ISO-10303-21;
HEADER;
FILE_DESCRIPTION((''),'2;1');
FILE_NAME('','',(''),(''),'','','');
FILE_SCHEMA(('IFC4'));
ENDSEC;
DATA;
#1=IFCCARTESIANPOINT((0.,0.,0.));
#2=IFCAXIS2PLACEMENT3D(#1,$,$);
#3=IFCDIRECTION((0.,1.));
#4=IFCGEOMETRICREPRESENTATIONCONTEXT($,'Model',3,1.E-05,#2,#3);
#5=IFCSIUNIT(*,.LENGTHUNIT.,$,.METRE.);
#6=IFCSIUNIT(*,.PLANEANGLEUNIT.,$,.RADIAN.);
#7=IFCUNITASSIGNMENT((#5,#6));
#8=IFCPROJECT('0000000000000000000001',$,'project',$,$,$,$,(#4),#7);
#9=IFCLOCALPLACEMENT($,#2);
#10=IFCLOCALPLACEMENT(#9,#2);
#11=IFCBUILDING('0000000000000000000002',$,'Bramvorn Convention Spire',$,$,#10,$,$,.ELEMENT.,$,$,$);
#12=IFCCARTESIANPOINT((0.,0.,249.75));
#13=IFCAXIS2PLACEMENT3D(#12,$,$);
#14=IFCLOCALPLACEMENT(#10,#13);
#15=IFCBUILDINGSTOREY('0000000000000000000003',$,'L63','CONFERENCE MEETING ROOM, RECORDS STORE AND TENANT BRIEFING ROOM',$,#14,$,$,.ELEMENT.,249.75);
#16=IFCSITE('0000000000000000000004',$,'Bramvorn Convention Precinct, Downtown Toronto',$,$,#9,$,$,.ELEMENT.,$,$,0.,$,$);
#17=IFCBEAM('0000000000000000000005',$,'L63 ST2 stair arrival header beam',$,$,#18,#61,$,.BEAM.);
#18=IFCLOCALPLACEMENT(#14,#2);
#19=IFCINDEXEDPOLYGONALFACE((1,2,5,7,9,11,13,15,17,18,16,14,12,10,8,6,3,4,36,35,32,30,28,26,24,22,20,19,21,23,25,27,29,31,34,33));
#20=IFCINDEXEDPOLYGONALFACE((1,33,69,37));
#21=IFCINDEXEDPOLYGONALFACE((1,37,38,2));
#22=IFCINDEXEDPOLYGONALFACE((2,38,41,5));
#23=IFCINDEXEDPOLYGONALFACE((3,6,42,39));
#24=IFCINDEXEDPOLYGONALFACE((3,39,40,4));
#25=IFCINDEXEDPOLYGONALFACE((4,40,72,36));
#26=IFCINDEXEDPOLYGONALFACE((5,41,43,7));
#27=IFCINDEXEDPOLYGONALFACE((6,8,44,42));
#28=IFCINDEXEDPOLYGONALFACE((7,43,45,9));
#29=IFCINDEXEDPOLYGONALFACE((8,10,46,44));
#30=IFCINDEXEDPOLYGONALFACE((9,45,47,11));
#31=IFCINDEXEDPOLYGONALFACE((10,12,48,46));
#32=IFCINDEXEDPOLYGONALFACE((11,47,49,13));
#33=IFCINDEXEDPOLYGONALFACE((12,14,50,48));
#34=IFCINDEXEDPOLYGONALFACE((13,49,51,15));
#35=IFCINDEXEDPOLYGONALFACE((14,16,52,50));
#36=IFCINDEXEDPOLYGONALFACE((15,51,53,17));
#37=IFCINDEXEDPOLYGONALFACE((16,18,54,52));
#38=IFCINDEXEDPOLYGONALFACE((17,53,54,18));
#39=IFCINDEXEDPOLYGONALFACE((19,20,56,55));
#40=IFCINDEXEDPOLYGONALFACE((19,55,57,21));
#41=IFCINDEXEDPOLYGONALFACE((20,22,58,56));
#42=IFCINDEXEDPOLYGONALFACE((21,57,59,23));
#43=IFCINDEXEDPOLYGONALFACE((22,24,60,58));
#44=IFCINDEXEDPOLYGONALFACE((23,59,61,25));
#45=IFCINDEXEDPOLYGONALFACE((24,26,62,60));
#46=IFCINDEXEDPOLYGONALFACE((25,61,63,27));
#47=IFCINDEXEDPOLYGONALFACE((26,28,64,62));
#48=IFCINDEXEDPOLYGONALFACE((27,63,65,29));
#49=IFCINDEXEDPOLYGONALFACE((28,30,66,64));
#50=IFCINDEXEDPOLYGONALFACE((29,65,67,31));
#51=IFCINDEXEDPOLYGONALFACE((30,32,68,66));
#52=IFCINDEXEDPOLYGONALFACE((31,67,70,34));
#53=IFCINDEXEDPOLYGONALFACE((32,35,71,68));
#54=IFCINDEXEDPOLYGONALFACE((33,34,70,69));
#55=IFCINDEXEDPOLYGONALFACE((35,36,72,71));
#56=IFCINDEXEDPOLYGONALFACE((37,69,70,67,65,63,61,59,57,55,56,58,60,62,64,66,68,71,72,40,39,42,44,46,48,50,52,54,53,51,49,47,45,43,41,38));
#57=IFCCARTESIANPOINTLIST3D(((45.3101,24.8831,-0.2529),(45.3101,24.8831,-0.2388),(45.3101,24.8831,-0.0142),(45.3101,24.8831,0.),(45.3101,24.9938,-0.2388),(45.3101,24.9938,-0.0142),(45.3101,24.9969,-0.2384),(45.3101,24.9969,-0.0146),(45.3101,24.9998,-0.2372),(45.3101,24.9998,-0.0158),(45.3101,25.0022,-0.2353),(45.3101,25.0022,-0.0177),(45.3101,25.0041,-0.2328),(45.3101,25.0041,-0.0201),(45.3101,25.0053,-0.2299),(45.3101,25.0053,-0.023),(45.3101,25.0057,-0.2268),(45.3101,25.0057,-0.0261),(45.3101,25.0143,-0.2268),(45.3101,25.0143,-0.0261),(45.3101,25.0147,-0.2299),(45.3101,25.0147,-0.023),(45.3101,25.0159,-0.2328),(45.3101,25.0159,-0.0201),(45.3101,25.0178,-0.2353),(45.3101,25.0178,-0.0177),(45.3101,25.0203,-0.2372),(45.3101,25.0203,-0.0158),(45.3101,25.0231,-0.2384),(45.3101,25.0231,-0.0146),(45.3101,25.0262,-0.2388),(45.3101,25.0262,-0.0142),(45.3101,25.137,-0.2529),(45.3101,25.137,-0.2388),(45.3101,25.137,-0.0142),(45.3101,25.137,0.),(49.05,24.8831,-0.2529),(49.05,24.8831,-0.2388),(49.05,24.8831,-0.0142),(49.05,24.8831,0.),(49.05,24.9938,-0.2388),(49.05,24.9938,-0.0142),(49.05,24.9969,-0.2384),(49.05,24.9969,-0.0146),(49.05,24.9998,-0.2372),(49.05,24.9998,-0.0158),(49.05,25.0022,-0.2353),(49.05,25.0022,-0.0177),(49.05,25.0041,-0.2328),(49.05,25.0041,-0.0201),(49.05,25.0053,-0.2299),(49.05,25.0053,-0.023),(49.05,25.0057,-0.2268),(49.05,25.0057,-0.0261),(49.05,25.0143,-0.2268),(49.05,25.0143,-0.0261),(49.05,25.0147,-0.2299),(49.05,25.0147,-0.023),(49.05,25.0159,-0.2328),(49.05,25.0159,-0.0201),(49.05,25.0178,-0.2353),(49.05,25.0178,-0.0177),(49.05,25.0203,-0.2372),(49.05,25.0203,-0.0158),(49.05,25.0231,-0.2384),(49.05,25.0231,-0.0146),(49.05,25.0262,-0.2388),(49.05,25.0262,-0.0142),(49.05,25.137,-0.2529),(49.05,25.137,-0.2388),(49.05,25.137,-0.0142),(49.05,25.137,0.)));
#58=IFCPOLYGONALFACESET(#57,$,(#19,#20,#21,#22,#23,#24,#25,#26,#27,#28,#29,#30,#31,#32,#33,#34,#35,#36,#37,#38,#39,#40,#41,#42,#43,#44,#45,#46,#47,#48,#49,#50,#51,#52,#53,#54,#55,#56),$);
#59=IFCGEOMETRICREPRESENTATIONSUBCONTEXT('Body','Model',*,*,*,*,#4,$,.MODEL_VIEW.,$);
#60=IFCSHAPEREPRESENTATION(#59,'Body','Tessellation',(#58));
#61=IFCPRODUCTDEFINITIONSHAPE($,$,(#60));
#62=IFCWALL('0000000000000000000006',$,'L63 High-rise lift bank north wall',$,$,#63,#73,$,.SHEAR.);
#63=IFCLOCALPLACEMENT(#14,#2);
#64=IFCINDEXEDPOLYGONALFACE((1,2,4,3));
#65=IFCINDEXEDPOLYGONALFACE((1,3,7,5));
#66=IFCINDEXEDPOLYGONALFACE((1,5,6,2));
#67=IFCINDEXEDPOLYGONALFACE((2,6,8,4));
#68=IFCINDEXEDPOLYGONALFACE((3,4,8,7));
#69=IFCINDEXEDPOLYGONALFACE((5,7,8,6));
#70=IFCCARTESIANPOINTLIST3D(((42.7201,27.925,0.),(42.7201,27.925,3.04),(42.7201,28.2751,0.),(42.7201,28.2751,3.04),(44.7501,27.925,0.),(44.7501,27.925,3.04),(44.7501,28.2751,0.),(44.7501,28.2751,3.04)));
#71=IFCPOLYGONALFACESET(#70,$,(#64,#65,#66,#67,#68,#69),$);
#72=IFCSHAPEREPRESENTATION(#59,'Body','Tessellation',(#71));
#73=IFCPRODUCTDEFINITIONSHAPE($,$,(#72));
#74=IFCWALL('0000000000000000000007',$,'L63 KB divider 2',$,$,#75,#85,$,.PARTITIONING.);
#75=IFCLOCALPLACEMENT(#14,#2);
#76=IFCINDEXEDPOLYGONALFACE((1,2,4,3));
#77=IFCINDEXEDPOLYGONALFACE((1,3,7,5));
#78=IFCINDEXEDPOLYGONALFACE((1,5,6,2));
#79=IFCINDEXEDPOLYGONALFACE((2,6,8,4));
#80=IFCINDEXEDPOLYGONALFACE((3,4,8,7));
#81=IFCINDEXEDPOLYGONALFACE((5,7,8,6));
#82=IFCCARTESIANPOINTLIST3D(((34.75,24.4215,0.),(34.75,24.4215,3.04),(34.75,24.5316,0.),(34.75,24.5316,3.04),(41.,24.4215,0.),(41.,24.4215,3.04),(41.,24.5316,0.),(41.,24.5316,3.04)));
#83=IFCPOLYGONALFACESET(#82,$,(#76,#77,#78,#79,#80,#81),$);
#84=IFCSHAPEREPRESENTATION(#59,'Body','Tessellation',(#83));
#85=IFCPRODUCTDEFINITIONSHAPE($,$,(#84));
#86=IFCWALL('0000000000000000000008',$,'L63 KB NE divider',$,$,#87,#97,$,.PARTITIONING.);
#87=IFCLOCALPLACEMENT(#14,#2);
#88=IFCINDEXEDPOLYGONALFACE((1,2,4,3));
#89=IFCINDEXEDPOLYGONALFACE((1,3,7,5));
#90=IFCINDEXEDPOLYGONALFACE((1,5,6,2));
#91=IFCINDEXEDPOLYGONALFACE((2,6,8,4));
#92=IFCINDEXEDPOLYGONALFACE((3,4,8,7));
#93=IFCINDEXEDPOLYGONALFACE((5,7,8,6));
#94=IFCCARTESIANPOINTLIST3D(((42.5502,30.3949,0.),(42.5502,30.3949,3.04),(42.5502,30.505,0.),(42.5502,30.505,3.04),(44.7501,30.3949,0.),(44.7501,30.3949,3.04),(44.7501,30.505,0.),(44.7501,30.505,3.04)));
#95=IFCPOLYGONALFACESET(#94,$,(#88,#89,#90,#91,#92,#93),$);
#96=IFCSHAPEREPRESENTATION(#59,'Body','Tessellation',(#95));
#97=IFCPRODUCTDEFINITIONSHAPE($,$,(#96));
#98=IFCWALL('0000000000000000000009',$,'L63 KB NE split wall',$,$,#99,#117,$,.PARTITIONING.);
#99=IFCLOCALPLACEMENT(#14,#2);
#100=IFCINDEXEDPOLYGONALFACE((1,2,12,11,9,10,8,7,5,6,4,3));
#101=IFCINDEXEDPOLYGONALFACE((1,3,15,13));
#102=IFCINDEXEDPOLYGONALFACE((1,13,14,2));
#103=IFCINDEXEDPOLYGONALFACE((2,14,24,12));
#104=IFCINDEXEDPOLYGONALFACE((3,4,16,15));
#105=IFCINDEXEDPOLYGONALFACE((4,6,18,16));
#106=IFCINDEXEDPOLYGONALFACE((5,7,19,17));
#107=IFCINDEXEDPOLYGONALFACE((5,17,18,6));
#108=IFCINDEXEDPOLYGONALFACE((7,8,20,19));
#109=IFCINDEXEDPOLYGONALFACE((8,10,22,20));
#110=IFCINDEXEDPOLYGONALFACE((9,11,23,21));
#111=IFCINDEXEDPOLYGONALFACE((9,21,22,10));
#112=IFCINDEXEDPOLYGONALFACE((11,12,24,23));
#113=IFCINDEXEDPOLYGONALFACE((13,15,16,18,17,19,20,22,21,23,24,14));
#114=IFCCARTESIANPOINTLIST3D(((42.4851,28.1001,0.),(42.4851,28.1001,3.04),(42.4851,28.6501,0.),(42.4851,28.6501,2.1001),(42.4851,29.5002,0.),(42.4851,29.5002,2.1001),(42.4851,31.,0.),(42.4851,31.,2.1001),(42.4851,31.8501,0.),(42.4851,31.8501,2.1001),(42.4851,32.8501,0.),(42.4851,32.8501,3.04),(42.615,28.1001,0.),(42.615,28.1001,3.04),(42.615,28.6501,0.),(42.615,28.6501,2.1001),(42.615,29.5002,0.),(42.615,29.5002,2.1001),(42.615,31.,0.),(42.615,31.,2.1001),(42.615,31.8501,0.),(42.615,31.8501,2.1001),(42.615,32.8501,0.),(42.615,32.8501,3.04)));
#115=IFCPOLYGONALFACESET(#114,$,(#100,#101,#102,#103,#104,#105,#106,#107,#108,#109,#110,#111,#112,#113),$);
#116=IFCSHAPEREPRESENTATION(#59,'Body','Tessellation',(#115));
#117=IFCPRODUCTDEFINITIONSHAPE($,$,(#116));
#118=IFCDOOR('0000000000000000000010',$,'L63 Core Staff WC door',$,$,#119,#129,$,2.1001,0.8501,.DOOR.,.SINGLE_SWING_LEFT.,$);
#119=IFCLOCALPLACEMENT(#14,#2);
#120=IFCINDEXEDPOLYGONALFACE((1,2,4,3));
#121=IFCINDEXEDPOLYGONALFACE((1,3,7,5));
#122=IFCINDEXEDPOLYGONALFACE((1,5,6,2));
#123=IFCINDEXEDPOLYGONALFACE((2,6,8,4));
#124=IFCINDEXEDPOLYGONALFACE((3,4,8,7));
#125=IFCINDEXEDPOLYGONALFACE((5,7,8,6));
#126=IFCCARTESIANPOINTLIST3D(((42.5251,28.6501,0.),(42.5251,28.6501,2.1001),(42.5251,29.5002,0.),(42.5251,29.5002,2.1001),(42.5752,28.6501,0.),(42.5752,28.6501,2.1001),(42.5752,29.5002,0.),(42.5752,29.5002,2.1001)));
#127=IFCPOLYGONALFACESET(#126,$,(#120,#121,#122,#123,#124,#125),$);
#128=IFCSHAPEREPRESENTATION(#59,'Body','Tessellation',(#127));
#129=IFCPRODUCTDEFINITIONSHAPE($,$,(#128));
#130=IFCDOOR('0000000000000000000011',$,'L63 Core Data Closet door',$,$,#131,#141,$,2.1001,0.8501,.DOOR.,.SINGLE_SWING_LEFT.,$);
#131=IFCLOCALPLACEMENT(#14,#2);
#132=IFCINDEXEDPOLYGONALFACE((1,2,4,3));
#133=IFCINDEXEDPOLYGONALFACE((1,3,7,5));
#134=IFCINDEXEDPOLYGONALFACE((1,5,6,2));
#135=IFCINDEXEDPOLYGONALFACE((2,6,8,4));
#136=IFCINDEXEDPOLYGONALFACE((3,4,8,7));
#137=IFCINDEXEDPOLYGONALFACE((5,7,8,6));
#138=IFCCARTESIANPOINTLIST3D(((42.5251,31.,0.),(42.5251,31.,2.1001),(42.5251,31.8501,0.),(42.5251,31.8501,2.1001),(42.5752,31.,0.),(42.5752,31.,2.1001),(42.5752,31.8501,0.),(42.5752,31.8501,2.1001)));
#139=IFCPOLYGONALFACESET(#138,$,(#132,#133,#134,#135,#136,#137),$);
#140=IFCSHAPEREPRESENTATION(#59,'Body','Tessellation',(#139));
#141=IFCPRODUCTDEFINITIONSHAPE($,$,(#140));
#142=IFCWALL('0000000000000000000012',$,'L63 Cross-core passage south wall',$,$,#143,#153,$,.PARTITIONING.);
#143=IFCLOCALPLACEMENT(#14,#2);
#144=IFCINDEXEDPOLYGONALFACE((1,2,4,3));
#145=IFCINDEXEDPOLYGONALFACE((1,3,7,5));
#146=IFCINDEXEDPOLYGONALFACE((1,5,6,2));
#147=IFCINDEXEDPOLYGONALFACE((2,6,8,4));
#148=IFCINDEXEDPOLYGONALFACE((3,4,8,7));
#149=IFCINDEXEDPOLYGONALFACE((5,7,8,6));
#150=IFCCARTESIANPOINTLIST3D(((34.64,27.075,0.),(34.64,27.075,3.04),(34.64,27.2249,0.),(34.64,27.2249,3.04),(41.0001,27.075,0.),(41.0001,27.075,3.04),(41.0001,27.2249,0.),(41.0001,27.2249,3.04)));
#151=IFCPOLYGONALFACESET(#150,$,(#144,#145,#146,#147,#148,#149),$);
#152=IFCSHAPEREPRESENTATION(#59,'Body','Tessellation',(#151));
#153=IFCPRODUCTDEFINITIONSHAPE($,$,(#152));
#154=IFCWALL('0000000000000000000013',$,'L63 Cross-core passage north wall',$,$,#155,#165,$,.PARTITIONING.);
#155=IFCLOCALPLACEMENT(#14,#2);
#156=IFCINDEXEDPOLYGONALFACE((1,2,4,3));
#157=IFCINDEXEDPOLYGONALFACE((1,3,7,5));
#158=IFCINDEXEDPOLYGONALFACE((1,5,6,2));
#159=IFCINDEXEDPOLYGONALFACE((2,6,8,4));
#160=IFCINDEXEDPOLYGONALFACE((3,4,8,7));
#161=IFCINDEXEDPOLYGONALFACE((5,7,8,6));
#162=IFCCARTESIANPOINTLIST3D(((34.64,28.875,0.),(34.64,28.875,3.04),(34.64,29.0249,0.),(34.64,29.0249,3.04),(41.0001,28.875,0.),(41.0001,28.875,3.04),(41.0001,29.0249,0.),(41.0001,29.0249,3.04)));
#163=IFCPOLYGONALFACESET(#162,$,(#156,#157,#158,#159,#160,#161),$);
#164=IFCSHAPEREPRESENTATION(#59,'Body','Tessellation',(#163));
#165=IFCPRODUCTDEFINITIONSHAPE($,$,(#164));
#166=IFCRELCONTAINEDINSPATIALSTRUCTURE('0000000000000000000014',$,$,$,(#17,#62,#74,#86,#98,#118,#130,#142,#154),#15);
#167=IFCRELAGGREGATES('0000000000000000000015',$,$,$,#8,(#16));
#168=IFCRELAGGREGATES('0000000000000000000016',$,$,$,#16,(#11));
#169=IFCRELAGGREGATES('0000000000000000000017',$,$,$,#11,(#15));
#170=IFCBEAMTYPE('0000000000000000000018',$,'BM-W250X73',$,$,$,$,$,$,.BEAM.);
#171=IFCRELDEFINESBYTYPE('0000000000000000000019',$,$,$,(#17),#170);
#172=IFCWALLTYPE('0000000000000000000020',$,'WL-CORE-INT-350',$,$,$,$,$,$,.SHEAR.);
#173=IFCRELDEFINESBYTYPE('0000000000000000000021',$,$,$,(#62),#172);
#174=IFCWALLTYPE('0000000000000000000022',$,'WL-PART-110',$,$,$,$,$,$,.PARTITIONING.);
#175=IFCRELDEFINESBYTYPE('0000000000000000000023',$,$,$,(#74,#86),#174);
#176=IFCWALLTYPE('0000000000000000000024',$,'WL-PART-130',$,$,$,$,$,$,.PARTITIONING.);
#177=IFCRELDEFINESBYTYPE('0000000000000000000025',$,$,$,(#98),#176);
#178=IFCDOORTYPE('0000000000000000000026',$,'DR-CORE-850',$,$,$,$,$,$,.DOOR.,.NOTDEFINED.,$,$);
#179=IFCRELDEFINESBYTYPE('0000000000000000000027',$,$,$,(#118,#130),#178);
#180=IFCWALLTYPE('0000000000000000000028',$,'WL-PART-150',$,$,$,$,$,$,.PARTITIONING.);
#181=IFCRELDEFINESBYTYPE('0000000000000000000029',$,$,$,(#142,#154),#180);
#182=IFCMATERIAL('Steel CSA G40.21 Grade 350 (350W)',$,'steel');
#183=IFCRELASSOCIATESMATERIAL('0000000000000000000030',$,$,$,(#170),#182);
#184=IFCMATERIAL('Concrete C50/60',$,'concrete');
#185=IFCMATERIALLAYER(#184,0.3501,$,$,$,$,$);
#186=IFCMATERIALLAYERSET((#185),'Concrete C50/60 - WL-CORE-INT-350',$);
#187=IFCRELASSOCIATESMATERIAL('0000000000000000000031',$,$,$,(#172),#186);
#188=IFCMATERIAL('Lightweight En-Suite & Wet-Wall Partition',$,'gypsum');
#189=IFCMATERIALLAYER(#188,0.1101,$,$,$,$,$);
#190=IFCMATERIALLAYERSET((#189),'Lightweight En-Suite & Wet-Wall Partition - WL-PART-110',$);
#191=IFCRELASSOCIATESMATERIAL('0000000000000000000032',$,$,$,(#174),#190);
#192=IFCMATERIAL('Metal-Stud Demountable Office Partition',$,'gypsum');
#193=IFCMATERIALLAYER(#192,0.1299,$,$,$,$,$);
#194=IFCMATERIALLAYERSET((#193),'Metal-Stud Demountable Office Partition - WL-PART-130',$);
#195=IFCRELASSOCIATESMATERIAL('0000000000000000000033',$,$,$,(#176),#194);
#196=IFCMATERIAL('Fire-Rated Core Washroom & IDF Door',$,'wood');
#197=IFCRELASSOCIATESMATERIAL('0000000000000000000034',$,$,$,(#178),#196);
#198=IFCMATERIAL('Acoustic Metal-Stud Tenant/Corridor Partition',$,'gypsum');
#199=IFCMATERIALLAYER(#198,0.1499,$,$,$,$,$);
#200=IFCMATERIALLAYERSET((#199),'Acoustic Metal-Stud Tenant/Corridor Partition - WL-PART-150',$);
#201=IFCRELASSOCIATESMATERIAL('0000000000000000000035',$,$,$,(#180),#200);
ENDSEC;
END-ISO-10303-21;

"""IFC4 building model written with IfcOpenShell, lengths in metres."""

from ifc_helpers import new_model, si_unit, direction, frame, frame_2d, origin, origin_2d, place, context, subcontext, project, spatial, rectangle, i_section, extrude, material, layer, layer_set, material_profile, profile_set, type_object, element, fill, save


model = new_model("IFC4")

# Units and contexts
model_context = context("Model", 3, precision=1e-05, world=origin(), true_north=direction((0.0, 1.0)))
body_context = subcontext(model_context, "Body", "Model", "MODEL_VIEW")
ifc_project = project(units=[si_unit("LENGTHUNIT", "METRE"), si_unit("PLANEANGLEUNIT", "RADIAN")], contexts=[model_context])

# Site, building, storey
site_placement = place(None, origin())
site = spatial("IfcSite", under=ifc_project, at=site_placement, Name="Bramvorn Convention Precinct, Downtown Toronto", CompositionType="ELEMENT", RefElevation=0.0)
building_placement = place(site_placement, origin())
building = spatial("IfcBuilding", under=site, at=building_placement, Name="Bramvorn Convention Spire", CompositionType="ELEMENT")
storey_placement = place(building_placement, frame((0.0, 0.0, 249.75)))
storey = spatial("IfcBuildingStorey", under=building, at=storey_placement, Name="L63", Description="CONFERENCE MEETING ROOM, RECORDS STORE AND TENANT BRIEFING ROOM", CompositionType="ELEMENT", Elevation=249.75)

# Beam
ifc_material_1 = material(Name="Steel CSA G40.21 Grade 350 (350W)", Category="steel")
ifc_material_profile = material_profile(ifc_material_1, i_section(OverallWidth=0.2539, OverallDepth=0.2529, WebThickness=0.0085, FlangeThickness=0.0142, FilletRadius=0.012, at=origin_2d()))
ifc_profile_set = profile_set([ifc_material_profile], Name="Steel CSA G40.21 Grade 350 (350W) - W250X73")
beam_type = type_object("IfcBeamType", Name="BM-W250X73", PredefinedType="BEAM", material=ifc_profile_set)
beam_placement = place(storey_placement, frame((45.3101, 25.01, -0.1265), z_axis=(1.0, 0.0, 0.0), x_axis=(0.0, 1.0, 0.0)))
element("IfcBeam", 1, at=beam_placement, inside=storey, type_object=beam_type, Name="L63 ST2 stair arrival header beam", PredefinedType="BEAM", context=body_context, shape_type="SweptSolid", body=[
    extrude(i_section(OverallWidth=0.2539, OverallDepth=0.2529, WebThickness=0.0085, FlangeThickness=0.0142, FilletRadius=0.012, at=origin_2d()), origin(), (0.0, 0.0, 1.0), 3.74),
])

# Shared definitions
ifc_material_2 = material(Name="Concrete C50/60", Category="concrete")
ifc_layer_1 = layer(ifc_material_2, 0.3501)
ifc_layer_set_1 = layer_set([ifc_layer_1], Name="Concrete C50/60 - WL-CORE-INT-350")
wall_type_1 = type_object("IfcWallType", Name="WL-CORE-INT-350", PredefinedType="SHEAR", material=ifc_layer_set_1)

# Walls
wall_1_placement = place(storey_placement, frame((42.72, 28.1001, 0.0), z_axis=(0.0, 0.0, 1.0), x_axis=(1.0, 0.0, 0.0)))
element("IfcWall", 2, at=wall_1_placement, inside=storey, type_object=wall_type_1, Name="L63 High-rise lift bank north wall", PredefinedType="SHEAR", context=body_context, shape_type="SweptSolid", body=[
    extrude(rectangle(XDim=2.03, YDim=0.3501, at=frame_2d((1.0151, 0.0))), origin(), (0.0, 0.0, 1.0), 3.04),
])
ifc_material_3 = material(Name="Lightweight En-Suite & Wet-Wall Partition", Category="gypsum")
ifc_layer_2 = layer(ifc_material_3, 0.1101)
ifc_layer_set_2 = layer_set([ifc_layer_2], Name="Lightweight En-Suite & Wet-Wall Partition - WL-PART-110")
wall_type_2 = type_object("IfcWallType", Name="WL-PART-110", PredefinedType="PARTITIONING", material=ifc_layer_set_2)
wall_2_placement = place(storey_placement, frame((34.75, 24.4766, 0.0), z_axis=(0.0, 0.0, 1.0), x_axis=(1.0, 0.0, 0.0)))
element("IfcWall", 3, at=wall_2_placement, inside=storey, type_object=wall_type_2, Name="L63 KB divider 2", PredefinedType="PARTITIONING", context=body_context, shape_type="SweptSolid", body=[
    extrude(rectangle(XDim=6.25, YDim=0.1101, at=frame_2d((3.125, 0.0))), origin(), (0.0, 0.0, 1.0), 3.04),
])
wall_3_placement = place(storey_placement, frame((42.55, 30.45, 0.0), z_axis=(0.0, 0.0, 1.0), x_axis=(1.0, 0.0, 0.0)))
element("IfcWall", 4, at=wall_3_placement, inside=storey, type_object=wall_type_2, Name="L63 KB NE divider", PredefinedType="PARTITIONING", context=body_context, shape_type="SweptSolid", body=[
    extrude(rectangle(XDim=2.2, YDim=0.1101, at=frame_2d((1.1001, 0.0))), origin(), (0.0, 0.0, 1.0), 3.04),
])

# Wall, openings, doors
ifc_material_4 = material(Name="Metal-Stud Demountable Office Partition", Category="gypsum")
ifc_layer_3 = layer(ifc_material_4, 0.1299)
ifc_layer_set_3 = layer_set([ifc_layer_3], Name="Metal-Stud Demountable Office Partition - WL-PART-130")
wall_type_3 = type_object("IfcWallType", Name="WL-PART-130", PredefinedType="PARTITIONING", material=ifc_layer_set_3)
wall_4_placement = place(storey_placement, frame((42.55, 28.1001, 0.0), z_axis=(0.0, 0.0, 1.0), x_axis=(0.0, 1.0, 0.0)))
wall_4 = element("IfcWall", 5, at=wall_4_placement, inside=storey, type_object=wall_type_3, Name="L63 KB NE split wall", PredefinedType="PARTITIONING", context=body_context, shape_type="SweptSolid", body=[
    extrude(rectangle(XDim=4.75, YDim=0.1299, at=frame_2d((2.375, 0.0))), origin(), (0.0, 0.0, 1.0), 3.04),
])
opening_1_placement = place(wall_4_placement, frame((0.55, 0.0, 0.0)))
opening_1 = element("IfcOpeningElement", 6, at=opening_1_placement, cuts=wall_4, PredefinedType="OPENING", context=body_context, shape_type="SweptSolid", body=[
    extrude(rectangle(XDim=0.8501, YDim=2.1001, at=frame_2d((0.425, 1.05))), frame((0.0, 0.075, 0.0), z_axis=(0.0, -1.0, 0.0), x_axis=(1.0, 0.0, 0.0)), (0.0, 0.0, 1.0), 0.1499),
])
opening_2_placement = place(wall_4_placement, frame((2.8999, 0.0, 0.0)))
opening_2 = element("IfcOpeningElement", 7, at=opening_2_placement, cuts=wall_4, PredefinedType="OPENING", context=body_context, shape_type="SweptSolid", body=[
    extrude(rectangle(XDim=0.8501, YDim=2.1001, at=frame_2d((0.425, 1.05))), frame((0.0, 0.075, 0.0), z_axis=(0.0, -1.0, 0.0), x_axis=(1.0, 0.0, 0.0)), (0.0, 0.0, 1.0), 0.1499),
])
ifc_material_5 = material(Name="Fire-Rated Core Washroom & IDF Door", Category="wood")
door_type_1 = type_object("IfcDoorType", Name="DR-CORE-850", OperationType="NOTDEFINED", PredefinedType="DOOR", material=ifc_material_5)
door_1_placement = place(opening_1_placement, origin())
door_1 = element("IfcDoor", 8, at=door_1_placement, inside=storey, type_object=door_type_1, Name="L63 Core Staff WC door", OperationType="SINGLE_SWING_LEFT", OverallHeight=2.1001, OverallWidth=0.8501, PredefinedType="DOOR", context=body_context, shape_type="SweptSolid", body=[
    extrude(rectangle(XDim=0.8501, YDim=2.1001, at=frame_2d((0.425, 1.05))), frame((0.0, 0.0249, 0.0), z_axis=(0.0, -1.0, 0.0), x_axis=(1.0, 0.0, 0.0)), (0.0, 0.0, 1.0), 0.05),
])
fill(opening_1, door_1)
door_2_placement = place(opening_2_placement, origin())
door_2 = element("IfcDoor", 9, at=door_2_placement, inside=storey, type_object=door_type_1, Name="L63 Core Data Closet door", OperationType="SINGLE_SWING_LEFT", OverallHeight=2.1001, OverallWidth=0.8501, PredefinedType="DOOR", context=body_context, shape_type="SweptSolid", body=[
    extrude(rectangle(XDim=0.8501, YDim=2.1001, at=frame_2d((0.425, 1.05))), frame((0.0, 0.0249, 0.0), z_axis=(0.0, -1.0, 0.0), x_axis=(1.0, 0.0, 0.0)), (0.0, 0.0, 1.0), 0.05),
])
fill(opening_2, door_2)

# Walls
ifc_material_6 = material(Name="Acoustic Metal-Stud Tenant/Corridor Partition", Category="gypsum")
ifc_layer_4 = layer(ifc_material_6, 0.1499)
ifc_layer_set_4 = layer_set([ifc_layer_4], Name="Acoustic Metal-Stud Tenant/Corridor Partition - WL-PART-150")
wall_type_4 = type_object("IfcWallType", Name="WL-PART-150", PredefinedType="PARTITIONING", material=ifc_layer_set_4)
for number, where, z_axis, x_axis, name in (
    (10, (34.6399, 27.1499, 0.0), (0.0, 0.0, 1.0), (1.0, 0.0, 0.0), "L63 Cross-core passage south wall"),
    (11, (34.6399, 28.95, 0.0), (0.0, 0.0, 1.0), (1.0, 0.0, 0.0), "L63 Cross-core passage north wall"),
):
    element("IfcWall", number, at=place(storey_placement, frame(where, z_axis=z_axis, x_axis=x_axis)), inside=storey, type_object=wall_type_4, Name=name, PredefinedType="PARTITIONING", context=body_context, shape_type="SweptSolid", body=[
        extrude(rectangle(XDim=6.3601, YDim=0.1499, at=frame_2d((3.1802, 0.0))), origin(), (0.0, 0.0, 1.0), 3.04),
    ])

save(model, "model.ifc")
